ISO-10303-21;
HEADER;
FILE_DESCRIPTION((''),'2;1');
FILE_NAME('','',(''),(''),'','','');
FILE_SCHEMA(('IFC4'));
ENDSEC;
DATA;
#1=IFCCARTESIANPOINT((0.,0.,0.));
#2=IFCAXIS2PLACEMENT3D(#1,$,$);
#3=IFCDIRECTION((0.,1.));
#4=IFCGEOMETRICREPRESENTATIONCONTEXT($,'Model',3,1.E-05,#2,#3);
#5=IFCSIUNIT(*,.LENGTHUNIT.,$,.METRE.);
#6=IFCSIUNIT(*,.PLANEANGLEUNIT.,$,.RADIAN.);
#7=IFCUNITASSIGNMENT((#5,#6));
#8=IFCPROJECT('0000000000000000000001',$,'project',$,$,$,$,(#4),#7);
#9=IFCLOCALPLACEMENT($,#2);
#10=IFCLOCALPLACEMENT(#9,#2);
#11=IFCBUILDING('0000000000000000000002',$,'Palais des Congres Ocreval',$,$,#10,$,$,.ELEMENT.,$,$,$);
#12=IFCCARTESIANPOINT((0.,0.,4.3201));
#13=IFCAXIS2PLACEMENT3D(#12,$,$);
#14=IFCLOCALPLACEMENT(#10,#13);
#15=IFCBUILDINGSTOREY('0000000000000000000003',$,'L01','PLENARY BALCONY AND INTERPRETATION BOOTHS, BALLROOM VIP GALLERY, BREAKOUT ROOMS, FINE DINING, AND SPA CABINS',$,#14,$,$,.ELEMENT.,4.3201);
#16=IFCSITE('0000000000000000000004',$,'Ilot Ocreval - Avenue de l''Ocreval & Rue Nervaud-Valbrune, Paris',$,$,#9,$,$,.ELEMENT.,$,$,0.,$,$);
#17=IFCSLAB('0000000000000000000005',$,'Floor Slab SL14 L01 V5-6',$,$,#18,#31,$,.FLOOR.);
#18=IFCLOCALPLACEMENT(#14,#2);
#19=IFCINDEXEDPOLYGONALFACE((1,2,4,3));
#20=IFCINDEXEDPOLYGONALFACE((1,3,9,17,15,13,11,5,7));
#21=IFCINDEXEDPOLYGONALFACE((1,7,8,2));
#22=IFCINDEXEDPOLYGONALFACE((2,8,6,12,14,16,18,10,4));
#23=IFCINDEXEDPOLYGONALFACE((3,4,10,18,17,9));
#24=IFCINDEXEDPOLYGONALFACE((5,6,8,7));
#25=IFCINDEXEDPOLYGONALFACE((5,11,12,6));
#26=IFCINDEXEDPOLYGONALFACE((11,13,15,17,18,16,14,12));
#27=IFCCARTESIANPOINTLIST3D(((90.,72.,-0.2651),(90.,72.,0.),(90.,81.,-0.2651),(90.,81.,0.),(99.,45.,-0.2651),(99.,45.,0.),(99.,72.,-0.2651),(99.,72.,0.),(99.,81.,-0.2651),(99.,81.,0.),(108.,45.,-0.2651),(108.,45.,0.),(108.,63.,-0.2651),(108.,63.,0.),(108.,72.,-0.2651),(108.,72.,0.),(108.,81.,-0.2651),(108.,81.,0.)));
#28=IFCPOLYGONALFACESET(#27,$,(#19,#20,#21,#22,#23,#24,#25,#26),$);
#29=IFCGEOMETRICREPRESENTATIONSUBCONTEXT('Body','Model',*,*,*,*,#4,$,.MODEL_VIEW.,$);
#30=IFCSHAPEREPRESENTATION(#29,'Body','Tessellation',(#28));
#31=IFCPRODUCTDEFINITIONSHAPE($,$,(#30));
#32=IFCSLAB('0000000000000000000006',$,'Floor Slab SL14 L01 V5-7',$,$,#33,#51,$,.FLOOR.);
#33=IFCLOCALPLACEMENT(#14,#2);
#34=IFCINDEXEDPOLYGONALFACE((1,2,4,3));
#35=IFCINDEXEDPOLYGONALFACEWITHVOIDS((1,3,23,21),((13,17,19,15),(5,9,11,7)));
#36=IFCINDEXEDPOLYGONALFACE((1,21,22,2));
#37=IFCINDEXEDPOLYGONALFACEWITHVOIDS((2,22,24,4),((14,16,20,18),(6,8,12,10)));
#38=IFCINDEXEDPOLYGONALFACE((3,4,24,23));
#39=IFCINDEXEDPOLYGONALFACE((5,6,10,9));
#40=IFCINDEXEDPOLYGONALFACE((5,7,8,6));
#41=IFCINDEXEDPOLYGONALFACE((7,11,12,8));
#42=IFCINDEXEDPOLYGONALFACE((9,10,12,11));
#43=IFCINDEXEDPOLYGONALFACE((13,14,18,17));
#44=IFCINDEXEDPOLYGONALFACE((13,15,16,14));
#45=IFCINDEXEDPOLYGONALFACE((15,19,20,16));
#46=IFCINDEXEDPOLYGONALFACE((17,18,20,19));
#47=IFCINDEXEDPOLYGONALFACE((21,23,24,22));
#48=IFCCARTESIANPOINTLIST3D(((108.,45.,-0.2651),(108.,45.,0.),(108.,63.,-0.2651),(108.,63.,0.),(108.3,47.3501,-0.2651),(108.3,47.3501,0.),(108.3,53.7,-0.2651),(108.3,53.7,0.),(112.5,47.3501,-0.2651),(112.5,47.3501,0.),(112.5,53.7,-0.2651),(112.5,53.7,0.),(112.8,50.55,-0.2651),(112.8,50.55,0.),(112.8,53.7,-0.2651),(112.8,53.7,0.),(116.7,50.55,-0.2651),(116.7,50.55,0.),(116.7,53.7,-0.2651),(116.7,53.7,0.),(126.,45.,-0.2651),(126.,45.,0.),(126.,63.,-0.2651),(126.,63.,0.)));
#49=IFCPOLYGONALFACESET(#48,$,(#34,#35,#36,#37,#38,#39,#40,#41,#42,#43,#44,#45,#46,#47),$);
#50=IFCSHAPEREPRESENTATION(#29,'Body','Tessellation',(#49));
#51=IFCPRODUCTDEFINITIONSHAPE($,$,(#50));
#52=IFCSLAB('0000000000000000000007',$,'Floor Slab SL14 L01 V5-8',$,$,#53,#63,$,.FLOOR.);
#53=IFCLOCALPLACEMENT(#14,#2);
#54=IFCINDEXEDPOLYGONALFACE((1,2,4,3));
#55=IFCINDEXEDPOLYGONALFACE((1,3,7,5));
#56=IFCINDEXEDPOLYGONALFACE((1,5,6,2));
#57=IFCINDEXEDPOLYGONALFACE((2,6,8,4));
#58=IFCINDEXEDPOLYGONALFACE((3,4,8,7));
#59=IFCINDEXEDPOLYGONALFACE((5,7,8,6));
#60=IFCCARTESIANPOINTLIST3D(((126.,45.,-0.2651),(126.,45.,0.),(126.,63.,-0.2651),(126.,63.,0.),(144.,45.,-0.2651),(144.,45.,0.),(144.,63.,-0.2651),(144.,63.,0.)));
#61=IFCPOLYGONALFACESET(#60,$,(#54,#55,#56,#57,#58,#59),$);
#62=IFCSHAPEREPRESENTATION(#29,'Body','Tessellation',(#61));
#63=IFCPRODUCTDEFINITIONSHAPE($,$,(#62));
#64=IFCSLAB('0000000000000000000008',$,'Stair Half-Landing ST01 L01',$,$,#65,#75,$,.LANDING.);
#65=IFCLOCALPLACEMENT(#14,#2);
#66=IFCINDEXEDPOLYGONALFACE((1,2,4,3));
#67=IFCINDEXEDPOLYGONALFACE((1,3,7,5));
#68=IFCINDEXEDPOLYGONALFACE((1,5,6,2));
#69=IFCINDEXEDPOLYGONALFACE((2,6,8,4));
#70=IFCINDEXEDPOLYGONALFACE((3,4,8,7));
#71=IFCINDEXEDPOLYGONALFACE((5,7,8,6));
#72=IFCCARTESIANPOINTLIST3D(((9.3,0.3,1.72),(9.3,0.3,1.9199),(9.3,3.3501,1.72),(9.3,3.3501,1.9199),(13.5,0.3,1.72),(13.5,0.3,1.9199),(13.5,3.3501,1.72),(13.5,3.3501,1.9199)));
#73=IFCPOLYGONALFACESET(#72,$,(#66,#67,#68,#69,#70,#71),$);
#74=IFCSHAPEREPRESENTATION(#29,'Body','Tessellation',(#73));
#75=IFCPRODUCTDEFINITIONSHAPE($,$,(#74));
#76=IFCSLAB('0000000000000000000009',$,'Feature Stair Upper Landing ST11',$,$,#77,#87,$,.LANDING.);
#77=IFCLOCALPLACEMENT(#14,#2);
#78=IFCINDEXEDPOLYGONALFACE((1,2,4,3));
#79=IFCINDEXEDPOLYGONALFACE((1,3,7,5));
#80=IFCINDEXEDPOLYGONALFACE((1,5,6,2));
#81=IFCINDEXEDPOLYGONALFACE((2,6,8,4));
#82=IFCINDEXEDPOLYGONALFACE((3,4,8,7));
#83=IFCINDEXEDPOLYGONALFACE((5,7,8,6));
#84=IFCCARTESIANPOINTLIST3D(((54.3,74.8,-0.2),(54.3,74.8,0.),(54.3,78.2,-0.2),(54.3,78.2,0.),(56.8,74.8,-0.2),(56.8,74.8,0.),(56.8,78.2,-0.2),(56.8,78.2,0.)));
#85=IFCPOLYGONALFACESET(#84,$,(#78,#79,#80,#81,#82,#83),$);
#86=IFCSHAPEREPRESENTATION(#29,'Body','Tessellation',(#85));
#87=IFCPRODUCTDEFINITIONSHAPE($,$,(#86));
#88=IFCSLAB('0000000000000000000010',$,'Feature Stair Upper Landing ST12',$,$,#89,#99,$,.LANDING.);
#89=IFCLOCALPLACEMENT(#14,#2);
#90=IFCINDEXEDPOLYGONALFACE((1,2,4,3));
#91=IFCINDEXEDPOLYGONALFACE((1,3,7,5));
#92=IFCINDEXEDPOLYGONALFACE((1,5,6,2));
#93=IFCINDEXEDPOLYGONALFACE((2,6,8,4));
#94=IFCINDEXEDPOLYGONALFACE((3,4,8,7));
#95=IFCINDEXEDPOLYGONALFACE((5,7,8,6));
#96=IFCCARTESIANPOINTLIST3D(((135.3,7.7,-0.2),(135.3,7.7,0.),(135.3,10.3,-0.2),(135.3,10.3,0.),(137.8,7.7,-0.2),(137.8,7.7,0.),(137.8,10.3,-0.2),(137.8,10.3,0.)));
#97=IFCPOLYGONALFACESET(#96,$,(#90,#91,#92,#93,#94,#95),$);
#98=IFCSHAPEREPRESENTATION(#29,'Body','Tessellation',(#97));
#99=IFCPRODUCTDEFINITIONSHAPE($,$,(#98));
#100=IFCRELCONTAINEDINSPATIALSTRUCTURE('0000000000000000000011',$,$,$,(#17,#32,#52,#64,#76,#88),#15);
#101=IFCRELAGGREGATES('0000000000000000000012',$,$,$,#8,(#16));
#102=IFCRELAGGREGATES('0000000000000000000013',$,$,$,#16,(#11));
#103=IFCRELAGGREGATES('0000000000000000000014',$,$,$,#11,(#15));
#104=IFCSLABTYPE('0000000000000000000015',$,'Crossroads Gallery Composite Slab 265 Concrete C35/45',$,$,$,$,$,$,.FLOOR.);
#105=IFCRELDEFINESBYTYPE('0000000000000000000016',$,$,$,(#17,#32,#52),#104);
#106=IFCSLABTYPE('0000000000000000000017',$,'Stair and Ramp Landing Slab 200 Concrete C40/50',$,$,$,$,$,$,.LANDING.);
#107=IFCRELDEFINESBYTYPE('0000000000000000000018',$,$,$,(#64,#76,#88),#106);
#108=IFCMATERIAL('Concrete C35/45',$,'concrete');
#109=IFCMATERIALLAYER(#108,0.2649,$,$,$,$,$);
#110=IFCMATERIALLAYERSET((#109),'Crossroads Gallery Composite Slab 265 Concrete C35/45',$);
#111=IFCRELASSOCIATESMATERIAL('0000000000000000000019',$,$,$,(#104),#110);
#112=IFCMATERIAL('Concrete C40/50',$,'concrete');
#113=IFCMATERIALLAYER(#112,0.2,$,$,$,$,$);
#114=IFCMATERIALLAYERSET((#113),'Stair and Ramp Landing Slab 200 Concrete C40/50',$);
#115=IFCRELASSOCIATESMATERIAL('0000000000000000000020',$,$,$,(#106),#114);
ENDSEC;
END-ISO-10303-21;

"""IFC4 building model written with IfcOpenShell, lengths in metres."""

from ifc_helpers import new_model, si_unit, direction, frame, origin, place, context, subcontext, project, spatial, polyline, outline, extrude, material, layer, layer_set, type_object, element, save


model = new_model("IFC4")

# Units and contexts
model_context = context("Model", 3, precision=1e-05, world=origin(), true_north=direction((0.0, 1.0)))
body_context = subcontext(model_context, "Body", "Model", "MODEL_VIEW")
ifc_project = project(units=[si_unit("LENGTHUNIT", "METRE"), si_unit("PLANEANGLEUNIT", "RADIAN")], contexts=[model_context])

# Site, building, storey
site_placement = place(None, origin())
site = spatial("IfcSite", under=ifc_project, at=site_placement, Name="Ilot Ocreval - Avenue de l'Ocreval & Rue Nervaud-Valbrune, Paris", CompositionType="ELEMENT", RefElevation=0.0)
building_placement = place(site_placement, origin())
building = spatial("IfcBuilding", under=site, at=building_placement, Name="Palais des Congres Ocreval", CompositionType="ELEMENT")
storey_placement = place(building_placement, frame((0.0, 0.0, 4.3201)))
storey = spatial("IfcBuildingStorey", under=building, at=storey_placement, Name="L01", Description="PLENARY BALCONY AND INTERPRETATION BOOTHS, BALLROOM VIP GALLERY, BREAKOUT ROOMS, FINE DINING, AND SPA CABINS", CompositionType="ELEMENT", Elevation=4.3201)

# Slabs
ifc_material_1 = material(Name="Concrete C35/45", Category="concrete")
ifc_layer_1 = layer(ifc_material_1, 0.2649)
ifc_layer_set_1 = layer_set([ifc_layer_1], Name="Crossroads Gallery Composite Slab 265 Concrete C35/45")
slab_type_1 = type_object("IfcSlabType", Name="Crossroads Gallery Composite Slab 265 Concrete C35/45", PredefinedType="FLOOR", material=ifc_layer_set_1)
slab_1_placement = place(storey_placement, frame((0.0, 0.0, -0.2651)))
element("IfcSlab", 1, at=slab_1_placement, inside=storey, type_object=slab_type_1, Name="Floor Slab SL14 L01 V5-6", PredefinedType="FLOOR", context=body_context, shape_type="SweptSolid", body=[
    extrude(outline(polyline([(99.0, 81.0), (108.0, 81.0), (108.0, 72.0), (108.0, 63.0), (108.0, 45.0), (99.0, 45.0), (99.0, 72.0), (90.0, 72.0), (90.0, 81.0), (99.0, 81.0)])), origin(), (0.0, 0.0, 1.0), 0.2651),
])
slab_2_placement = place(storey_placement, frame((0.0, 0.0, -0.2651)))
element("IfcSlab", 2, at=slab_2_placement, inside=storey, type_object=slab_type_1, Name="Floor Slab SL14 L01 V5-7", PredefinedType="FLOOR", context=body_context, shape_type="SweptSolid", body=[
    extrude(outline(polyline([(126.0, 63.0), (126.0, 45.0), (108.0, 45.0), (108.0, 63.0), (126.0, 63.0)]), holes=[polyline([(112.5, 53.7), (108.3, 53.7), (108.3, 47.3501), (112.5, 47.3501), (112.5, 53.7)]), polyline([(112.8, 53.7), (112.8, 50.55), (116.7, 50.55), (116.7, 53.7), (112.8, 53.7)])]), origin(), (0.0, 0.0, 1.0), 0.2651),
])
slab_3_placement = place(storey_placement, frame((0.0, 0.0, -0.2651)))
element("IfcSlab", 3, at=slab_3_placement, inside=storey, type_object=slab_type_1, Name="Floor Slab SL14 L01 V5-8", PredefinedType="FLOOR", context=body_context, shape_type="SweptSolid", body=[
    extrude(outline(polyline([(144.0, 63.0), (144.0, 45.0), (126.0, 45.0), (126.0, 63.0), (144.0, 63.0)])), origin(), (0.0, 0.0, 1.0), 0.2651),
])
ifc_material_2 = material(Name="Concrete C40/50", Category="concrete")
ifc_layer_2 = layer(ifc_material_2, 0.2)
ifc_layer_set_2 = layer_set([ifc_layer_2], Name="Stair and Ramp Landing Slab 200 Concrete C40/50")
slab_type_2 = type_object("IfcSlabType", Name="Stair and Ramp Landing Slab 200 Concrete C40/50", PredefinedType="LANDING", material=ifc_layer_set_2)
slab_4_placement = place(storey_placement, frame((0.0, 0.0, 1.72)))
element("IfcSlab", 4, at=slab_4_placement, inside=storey, type_object=slab_type_2, Name="Stair Half-Landing ST01 L01", PredefinedType="LANDING", context=body_context, shape_type="SweptSolid", body=[
    extrude(outline(polyline([(9.3, 0.3), (13.5, 0.3), (13.5, 3.3501), (9.3, 3.3501), (9.3, 0.3)])), origin(), (0.0, 0.0, 1.0), 0.2),
])
slab_5_placement = place(storey_placement, frame((0.0, 0.0, -0.2)))
element("IfcSlab", 5, at=slab_5_placement, inside=storey, type_object=slab_type_2, Name="Feature Stair Upper Landing ST11", PredefinedType="LANDING", context=body_context, shape_type="SweptSolid", body=[
    extrude(outline(polyline([(54.3, 74.8), (56.8, 74.8), (56.8, 78.2), (54.3, 78.2), (54.3, 74.8)])), origin(), (0.0, 0.0, 1.0), 0.2),
])
slab_6_placement = place(storey_placement, frame((0.0, 0.0, -0.2)))
element("IfcSlab", 6, at=slab_6_placement, inside=storey, type_object=slab_type_2, Name="Feature Stair Upper Landing ST12", PredefinedType="LANDING", context=body_context, shape_type="SweptSolid", body=[
    extrude(outline(polyline([(135.3, 7.7), (137.8, 7.7), (137.8, 10.3), (135.3, 10.3), (135.3, 7.7)])), origin(), (0.0, 0.0, 1.0), 0.2),
])

save(model, "model.ifc")
